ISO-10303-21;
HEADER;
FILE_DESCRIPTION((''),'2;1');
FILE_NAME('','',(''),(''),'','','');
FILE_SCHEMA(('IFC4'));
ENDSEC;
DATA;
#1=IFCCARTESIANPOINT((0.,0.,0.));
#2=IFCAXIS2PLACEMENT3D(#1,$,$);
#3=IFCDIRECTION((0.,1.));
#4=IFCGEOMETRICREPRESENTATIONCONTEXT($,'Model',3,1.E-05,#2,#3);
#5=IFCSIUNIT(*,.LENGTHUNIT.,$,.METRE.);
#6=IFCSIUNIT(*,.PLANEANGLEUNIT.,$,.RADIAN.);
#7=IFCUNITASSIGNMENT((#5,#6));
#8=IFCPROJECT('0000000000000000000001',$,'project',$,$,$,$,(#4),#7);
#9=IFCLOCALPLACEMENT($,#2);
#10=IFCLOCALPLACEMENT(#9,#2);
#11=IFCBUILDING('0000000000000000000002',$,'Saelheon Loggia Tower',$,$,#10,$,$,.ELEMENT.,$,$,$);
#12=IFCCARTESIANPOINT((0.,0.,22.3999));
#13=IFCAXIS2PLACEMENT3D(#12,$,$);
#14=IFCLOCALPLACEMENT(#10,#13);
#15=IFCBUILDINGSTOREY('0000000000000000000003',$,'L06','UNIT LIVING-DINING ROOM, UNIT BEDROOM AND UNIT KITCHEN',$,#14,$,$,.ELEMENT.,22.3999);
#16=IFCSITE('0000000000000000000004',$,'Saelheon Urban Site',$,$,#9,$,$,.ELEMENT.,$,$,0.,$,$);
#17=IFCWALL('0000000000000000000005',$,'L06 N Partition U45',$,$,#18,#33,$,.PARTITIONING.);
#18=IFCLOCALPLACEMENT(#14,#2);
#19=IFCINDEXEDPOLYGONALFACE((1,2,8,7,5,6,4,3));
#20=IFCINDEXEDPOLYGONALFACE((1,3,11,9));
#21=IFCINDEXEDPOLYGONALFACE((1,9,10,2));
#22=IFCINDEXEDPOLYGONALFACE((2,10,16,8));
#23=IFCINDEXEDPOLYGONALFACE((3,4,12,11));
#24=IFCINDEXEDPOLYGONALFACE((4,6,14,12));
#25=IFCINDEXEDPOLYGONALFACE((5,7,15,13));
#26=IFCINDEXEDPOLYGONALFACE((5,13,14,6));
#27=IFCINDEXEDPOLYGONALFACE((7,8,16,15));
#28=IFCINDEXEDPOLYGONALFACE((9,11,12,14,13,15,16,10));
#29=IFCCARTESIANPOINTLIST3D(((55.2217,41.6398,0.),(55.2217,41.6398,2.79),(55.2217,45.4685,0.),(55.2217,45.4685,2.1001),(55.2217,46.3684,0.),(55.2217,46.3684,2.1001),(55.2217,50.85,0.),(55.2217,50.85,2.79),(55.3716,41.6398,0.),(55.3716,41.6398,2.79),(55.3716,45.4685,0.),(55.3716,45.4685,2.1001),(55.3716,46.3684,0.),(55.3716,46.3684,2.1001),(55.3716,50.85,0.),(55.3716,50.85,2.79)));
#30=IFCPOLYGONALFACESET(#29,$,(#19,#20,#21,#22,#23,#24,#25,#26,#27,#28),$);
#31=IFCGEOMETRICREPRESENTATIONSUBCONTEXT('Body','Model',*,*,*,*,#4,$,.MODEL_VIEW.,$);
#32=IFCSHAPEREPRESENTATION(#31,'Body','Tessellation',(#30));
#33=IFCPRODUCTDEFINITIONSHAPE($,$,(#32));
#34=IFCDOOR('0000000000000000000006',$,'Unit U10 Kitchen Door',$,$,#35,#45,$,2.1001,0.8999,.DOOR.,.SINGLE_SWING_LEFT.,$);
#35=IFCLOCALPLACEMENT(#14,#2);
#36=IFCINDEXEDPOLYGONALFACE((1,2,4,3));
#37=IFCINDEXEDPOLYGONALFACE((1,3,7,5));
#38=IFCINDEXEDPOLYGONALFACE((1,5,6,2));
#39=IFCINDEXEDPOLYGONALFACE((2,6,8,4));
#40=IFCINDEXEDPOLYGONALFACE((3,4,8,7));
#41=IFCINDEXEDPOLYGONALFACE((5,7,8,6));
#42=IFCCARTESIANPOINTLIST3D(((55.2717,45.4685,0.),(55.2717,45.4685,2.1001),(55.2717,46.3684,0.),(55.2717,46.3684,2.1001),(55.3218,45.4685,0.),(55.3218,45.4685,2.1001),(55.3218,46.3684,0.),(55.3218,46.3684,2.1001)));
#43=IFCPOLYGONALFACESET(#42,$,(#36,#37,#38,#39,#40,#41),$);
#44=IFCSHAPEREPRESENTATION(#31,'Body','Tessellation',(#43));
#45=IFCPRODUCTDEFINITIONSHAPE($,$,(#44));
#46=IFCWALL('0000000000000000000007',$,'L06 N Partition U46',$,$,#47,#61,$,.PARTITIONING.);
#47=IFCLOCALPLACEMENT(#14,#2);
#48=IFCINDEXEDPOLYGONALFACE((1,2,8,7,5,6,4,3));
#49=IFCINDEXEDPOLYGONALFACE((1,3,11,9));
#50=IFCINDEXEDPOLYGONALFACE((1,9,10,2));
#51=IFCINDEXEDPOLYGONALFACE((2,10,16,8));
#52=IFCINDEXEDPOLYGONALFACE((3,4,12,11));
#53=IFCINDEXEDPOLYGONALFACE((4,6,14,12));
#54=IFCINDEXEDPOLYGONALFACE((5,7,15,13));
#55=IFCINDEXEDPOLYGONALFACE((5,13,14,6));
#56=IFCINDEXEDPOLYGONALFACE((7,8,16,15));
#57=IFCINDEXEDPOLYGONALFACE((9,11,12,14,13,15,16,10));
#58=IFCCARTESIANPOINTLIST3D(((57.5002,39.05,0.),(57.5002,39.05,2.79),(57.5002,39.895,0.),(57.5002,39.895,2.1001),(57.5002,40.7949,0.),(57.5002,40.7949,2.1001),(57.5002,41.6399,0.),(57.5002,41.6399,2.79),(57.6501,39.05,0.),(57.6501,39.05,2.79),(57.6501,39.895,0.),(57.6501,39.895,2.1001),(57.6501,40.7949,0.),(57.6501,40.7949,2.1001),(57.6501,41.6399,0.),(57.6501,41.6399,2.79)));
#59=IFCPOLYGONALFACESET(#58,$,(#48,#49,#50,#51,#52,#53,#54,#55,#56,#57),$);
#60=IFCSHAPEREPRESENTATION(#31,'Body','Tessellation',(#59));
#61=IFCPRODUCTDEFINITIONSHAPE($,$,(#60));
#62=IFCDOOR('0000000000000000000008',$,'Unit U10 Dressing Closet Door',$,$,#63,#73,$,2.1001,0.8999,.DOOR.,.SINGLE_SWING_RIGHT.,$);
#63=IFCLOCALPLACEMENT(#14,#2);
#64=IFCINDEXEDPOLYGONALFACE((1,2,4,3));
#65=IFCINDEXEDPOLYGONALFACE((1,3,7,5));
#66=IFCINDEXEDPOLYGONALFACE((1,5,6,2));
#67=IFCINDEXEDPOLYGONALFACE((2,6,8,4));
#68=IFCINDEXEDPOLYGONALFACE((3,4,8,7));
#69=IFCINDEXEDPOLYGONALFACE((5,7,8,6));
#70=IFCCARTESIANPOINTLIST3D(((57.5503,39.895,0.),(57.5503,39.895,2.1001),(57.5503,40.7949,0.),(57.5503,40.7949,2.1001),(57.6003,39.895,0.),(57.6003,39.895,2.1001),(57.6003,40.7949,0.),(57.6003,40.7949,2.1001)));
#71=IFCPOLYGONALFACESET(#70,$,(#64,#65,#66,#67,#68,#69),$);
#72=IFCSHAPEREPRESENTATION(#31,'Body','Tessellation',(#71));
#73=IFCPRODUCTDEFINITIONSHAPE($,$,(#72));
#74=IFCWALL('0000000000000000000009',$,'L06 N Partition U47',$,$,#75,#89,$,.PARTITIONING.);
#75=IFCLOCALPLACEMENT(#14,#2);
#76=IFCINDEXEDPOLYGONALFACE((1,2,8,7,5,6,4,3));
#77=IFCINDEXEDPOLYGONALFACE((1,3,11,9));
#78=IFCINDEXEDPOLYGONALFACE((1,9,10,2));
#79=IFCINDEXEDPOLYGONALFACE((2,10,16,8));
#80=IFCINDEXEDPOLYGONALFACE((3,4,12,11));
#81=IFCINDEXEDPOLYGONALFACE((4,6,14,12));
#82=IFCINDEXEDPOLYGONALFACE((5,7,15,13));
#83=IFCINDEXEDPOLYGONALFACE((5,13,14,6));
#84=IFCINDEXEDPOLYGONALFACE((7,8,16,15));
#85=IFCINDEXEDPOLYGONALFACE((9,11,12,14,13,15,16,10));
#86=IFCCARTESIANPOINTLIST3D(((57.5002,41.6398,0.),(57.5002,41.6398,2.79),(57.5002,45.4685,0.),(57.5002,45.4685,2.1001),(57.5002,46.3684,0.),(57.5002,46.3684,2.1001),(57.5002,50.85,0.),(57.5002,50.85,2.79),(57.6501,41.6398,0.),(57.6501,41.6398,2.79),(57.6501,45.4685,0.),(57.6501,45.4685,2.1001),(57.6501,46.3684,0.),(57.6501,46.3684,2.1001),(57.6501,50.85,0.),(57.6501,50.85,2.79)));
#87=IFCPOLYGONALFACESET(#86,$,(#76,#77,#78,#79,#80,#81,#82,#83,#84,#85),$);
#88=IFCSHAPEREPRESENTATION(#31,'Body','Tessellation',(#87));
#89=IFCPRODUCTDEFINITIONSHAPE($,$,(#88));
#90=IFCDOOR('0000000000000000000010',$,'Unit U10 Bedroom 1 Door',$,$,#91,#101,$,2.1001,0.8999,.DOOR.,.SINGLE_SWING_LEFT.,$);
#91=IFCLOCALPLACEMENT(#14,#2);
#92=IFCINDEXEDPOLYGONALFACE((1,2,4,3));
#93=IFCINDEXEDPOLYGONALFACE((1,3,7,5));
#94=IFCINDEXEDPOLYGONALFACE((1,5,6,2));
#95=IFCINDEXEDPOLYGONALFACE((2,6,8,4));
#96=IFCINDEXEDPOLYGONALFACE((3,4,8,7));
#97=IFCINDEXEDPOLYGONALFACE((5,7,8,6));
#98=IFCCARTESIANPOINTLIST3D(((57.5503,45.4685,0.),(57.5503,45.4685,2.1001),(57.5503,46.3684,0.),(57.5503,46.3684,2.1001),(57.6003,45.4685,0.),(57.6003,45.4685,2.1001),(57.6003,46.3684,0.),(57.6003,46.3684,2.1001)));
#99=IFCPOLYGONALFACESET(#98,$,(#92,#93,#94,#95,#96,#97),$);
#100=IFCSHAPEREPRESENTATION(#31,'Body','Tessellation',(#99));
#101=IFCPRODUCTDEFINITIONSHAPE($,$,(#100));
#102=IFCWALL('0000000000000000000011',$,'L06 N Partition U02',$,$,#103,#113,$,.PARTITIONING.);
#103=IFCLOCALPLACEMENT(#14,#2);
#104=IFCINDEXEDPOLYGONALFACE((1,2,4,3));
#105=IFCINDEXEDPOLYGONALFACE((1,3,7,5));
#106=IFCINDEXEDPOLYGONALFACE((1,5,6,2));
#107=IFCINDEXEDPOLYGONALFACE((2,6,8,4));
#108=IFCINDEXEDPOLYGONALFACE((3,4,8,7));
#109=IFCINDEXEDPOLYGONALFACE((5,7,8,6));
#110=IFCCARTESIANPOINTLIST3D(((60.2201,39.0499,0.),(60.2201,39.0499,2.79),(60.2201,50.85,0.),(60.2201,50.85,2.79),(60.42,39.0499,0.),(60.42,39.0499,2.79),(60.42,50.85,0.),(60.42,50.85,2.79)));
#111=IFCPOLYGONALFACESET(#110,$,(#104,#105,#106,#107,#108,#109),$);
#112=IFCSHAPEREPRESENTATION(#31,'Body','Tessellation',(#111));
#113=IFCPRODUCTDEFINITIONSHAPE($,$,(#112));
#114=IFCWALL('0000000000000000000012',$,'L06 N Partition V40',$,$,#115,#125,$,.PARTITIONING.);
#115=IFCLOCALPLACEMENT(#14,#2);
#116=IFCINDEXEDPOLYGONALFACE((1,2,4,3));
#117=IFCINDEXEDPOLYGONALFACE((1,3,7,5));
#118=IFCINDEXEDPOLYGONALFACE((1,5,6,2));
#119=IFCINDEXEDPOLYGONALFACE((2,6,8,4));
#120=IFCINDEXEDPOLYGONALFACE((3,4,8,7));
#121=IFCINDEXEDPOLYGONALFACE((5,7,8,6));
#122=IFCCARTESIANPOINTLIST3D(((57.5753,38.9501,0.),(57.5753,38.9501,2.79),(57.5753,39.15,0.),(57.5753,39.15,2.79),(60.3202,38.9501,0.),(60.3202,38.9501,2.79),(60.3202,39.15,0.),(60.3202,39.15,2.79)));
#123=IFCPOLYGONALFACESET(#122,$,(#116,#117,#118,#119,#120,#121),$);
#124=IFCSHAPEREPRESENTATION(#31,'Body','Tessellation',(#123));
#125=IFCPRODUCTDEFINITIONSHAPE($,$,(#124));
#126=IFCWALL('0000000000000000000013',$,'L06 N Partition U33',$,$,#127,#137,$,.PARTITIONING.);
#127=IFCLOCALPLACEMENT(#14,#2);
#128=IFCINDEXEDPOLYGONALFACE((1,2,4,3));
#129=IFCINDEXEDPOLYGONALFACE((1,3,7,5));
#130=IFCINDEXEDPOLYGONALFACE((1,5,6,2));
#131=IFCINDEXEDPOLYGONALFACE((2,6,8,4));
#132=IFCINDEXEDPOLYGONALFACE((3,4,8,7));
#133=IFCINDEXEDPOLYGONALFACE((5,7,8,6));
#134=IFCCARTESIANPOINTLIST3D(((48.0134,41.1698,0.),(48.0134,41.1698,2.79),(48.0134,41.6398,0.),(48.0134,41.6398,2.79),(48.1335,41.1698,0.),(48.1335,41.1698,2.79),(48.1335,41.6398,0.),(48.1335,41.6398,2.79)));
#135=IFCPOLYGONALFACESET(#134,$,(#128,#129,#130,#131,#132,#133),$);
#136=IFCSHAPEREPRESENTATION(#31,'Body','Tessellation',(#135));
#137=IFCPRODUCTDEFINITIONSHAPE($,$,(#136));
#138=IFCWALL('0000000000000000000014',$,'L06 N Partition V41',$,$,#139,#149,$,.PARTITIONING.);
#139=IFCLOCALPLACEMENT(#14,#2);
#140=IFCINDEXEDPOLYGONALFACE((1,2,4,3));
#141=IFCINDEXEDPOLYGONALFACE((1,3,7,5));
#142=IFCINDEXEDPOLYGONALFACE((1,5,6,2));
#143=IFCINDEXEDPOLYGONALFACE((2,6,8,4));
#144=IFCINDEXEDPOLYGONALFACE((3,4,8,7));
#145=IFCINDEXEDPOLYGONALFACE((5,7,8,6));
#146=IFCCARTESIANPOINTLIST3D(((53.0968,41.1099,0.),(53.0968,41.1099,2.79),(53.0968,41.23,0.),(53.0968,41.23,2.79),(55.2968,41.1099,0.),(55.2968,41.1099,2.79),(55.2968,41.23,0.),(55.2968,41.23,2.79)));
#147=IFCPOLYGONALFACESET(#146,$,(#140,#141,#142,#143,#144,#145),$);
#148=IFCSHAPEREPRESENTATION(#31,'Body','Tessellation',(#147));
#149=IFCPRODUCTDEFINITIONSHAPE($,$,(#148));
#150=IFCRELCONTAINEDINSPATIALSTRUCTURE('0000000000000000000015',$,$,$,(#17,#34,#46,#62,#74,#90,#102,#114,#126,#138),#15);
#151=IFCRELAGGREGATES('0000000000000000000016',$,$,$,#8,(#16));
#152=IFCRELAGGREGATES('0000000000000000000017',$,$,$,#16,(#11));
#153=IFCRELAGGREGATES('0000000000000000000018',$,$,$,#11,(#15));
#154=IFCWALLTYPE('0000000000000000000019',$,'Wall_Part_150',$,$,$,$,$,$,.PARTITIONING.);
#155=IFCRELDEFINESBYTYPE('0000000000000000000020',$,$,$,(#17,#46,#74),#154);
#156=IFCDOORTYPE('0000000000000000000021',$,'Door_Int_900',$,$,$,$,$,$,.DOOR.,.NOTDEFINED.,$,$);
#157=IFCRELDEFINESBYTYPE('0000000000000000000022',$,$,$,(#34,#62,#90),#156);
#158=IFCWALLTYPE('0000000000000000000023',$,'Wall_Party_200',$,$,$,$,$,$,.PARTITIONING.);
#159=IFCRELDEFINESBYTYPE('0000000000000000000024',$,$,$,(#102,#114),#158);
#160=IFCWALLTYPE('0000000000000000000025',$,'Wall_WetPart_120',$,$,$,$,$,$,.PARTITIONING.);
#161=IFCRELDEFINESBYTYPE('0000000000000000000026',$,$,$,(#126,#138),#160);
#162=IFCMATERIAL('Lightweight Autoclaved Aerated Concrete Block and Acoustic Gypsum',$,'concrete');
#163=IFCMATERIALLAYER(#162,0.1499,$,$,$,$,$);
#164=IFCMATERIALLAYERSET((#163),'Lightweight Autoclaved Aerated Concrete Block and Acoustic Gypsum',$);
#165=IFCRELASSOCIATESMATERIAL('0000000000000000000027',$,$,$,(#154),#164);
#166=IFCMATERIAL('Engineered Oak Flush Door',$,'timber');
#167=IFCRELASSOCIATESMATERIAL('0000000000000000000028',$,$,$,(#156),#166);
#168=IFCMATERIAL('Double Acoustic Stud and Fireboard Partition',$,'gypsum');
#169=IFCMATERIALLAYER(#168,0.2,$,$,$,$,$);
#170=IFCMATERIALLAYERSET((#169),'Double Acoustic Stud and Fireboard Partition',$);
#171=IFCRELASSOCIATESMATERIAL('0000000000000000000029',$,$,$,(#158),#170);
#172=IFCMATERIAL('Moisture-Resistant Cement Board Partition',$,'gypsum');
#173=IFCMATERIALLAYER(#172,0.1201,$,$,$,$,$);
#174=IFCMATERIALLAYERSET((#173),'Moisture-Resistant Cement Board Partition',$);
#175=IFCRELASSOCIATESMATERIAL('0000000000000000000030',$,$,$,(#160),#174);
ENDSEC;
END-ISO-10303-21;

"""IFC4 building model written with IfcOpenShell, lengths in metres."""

from ifc_helpers import new_model, si_unit, direction, frame, frame_2d, origin, place, context, subcontext, project, spatial, rectangle, extrude, source, transform, mapped, material, layer, layer_set, type_object, element, fill, save


model = new_model("IFC4")

# Units and contexts
model_context = context("Model", 3, precision=1e-05, world=origin(), true_north=direction((0.0, 1.0)))
body_context = subcontext(model_context, "Body", "Model", "MODEL_VIEW")
ifc_project = project(units=[si_unit("LENGTHUNIT", "METRE"), si_unit("PLANEANGLEUNIT", "RADIAN")], contexts=[model_context])

# Site, building, storey
site_placement = place(None, origin())
site = spatial("IfcSite", under=ifc_project, at=site_placement, Name="Saelheon Urban Site", CompositionType="ELEMENT", RefElevation=0.0)
building_placement = place(site_placement, origin())
building = spatial("IfcBuilding", under=site, at=building_placement, Name="Saelheon Loggia Tower", CompositionType="ELEMENT")
storey_placement = place(building_placement, frame((0.0, 0.0, 22.3999)))
storey = spatial("IfcBuildingStorey", under=building, at=storey_placement, Name="L06", Description="UNIT LIVING-DINING ROOM, UNIT BEDROOM AND UNIT KITCHEN", CompositionType="ELEMENT", Elevation=22.3999)

# Shared definitions
ifc_material_1 = material(Name="Lightweight Autoclaved Aerated Concrete Block and Acoustic Gypsum", Category="concrete")
ifc_layer_1 = layer(ifc_material_1, 0.1499)
ifc_layer_set_1 = layer_set([ifc_layer_1], Name="Lightweight Autoclaved Aerated Concrete Block and Acoustic Gypsum")
wall_type_1 = type_object("IfcWallType", Name="Wall_Part_150", PredefinedType="PARTITIONING", material=ifc_layer_set_1)

# Shared definitions
ifc_material_2 = material(Name="Engineered Oak Flush Door", Category="timber")
door_type_1 = type_object("IfcDoorType", Name="Door_Int_900", OperationType="NOTDEFINED", PredefinedType="DOOR", material=ifc_material_2)
shared_shape_1 = source(origin(), body_context, "Body", "SweptSolid", [
    extrude(rectangle(XDim=0.8999, YDim=2.1001, at=frame_2d((0.45, 1.05))), frame((0.0, 0.0249, 0.0), z_axis=(0.0, -1.0, 0.0), x_axis=(1.0, 0.0, 0.0)), (0.0, 0.0, 1.0), 0.05),
])

# Walls, openings, doors
wall_1_placement = place(storey_placement, frame((55.2966, 41.6399, 0.0), z_axis=(0.0, 0.0, 1.0), x_axis=(0.0, 1.0, 0.0)))
wall_1 = element("IfcWall", 1, at=wall_1_placement, inside=storey, type_object=wall_type_1, Name="L06 N Partition U45", PredefinedType="PARTITIONING", context=body_context, shape_type="SweptSolid", body=[
    extrude(rectangle(XDim=9.2102, YDim=0.1499, at=frame_2d((4.605, 0.0))), origin(), (0.0, 0.0, 1.0), 2.79),
])
opening_1_placement = place(wall_1_placement, frame((3.8286, 0.0, 0.0)))
opening_1 = element("IfcOpeningElement", 2, at=opening_1_placement, cuts=wall_1, PredefinedType="OPENING", context=body_context, shape_type="SweptSolid", body=[
    extrude(rectangle(XDim=0.8999, YDim=2.1001, at=frame_2d((0.45, 1.05))), frame((0.0, 0.0869, 0.0), z_axis=(0.0, -1.0, 0.0), x_axis=(1.0, 0.0, 0.0)), (0.0, 0.0, 1.0), 0.1738),
])
door_1_placement = place(opening_1_placement, origin())
door_1 = element("IfcDoor", 3, at=door_1_placement, inside=storey, type_object=door_type_1, Name="Unit U10 Kitchen Door", OperationType="SINGLE_SWING_LEFT", OverallHeight=2.1001, OverallWidth=0.8999, PredefinedType="DOOR", context=body_context, shape_type="MappedRepresentation", body=[
    mapped(shared_shape_1, transform((0.0, 0.0, 0.0), scale=1.0)),
])
fill(opening_1, door_1)
wall_2_placement = place(storey_placement, frame((57.5752, 39.05, 0.0), z_axis=(0.0, 0.0, 1.0), x_axis=(0.0, 1.0, 0.0)))
wall_2 = element("IfcWall", 4, at=wall_2_placement, inside=storey, type_object=wall_type_1, Name="L06 N Partition U46", PredefinedType="PARTITIONING", context=body_context, shape_type="SweptSolid", body=[
    extrude(rectangle(XDim=2.5898, YDim=0.1499, at=frame_2d((1.2949, 0.0))), origin(), (0.0, 0.0, 1.0), 2.79),
])
opening_2_placement = place(wall_2_placement, frame((0.845, 0.0, 0.0)))
opening_2 = element("IfcOpeningElement", 5, at=opening_2_placement, cuts=wall_2, PredefinedType="OPENING", context=body_context, shape_type="SweptSolid", body=[
    extrude(rectangle(XDim=0.8999, YDim=2.1001, at=frame_2d((0.45, 1.05))), frame((0.0, 0.0869, 0.0), z_axis=(0.0, -1.0, 0.0), x_axis=(1.0, 0.0, 0.0)), (0.0, 0.0, 1.0), 0.1738),
])
door_2_placement = place(opening_2_placement, origin())
door_2 = element("IfcDoor", 6, at=door_2_placement, inside=storey, type_object=door_type_1, Name="Unit U10 Dressing Closet Door", OperationType="SINGLE_SWING_RIGHT", OverallHeight=2.1001, OverallWidth=0.8999, PredefinedType="DOOR", context=body_context, shape_type="MappedRepresentation", body=[
    mapped(shared_shape_1, transform((0.0, 0.0, 0.0), scale=1.0)),
])
fill(opening_2, door_2)
wall_3_placement = place(storey_placement, frame((57.5752, 41.6399, 0.0), z_axis=(0.0, 0.0, 1.0), x_axis=(0.0, 1.0, 0.0)))
wall_3 = element("IfcWall", 7, at=wall_3_placement, inside=storey, type_object=wall_type_1, Name="L06 N Partition U47", PredefinedType="PARTITIONING", context=body_context, shape_type="SweptSolid", body=[
    extrude(rectangle(XDim=9.2102, YDim=0.1499, at=frame_2d((4.605, 0.0))), origin(), (0.0, 0.0, 1.0), 2.79),
])
opening_3_placement = place(wall_3_placement, frame((3.8286, 0.0, 0.0)))
opening_3 = element("IfcOpeningElement", 8, at=opening_3_placement, cuts=wall_3, PredefinedType="OPENING", context=body_context, shape_type="SweptSolid", body=[
    extrude(rectangle(XDim=0.8999, YDim=2.1001, at=frame_2d((0.45, 1.05))), frame((0.0, 0.0869, 0.0), z_axis=(0.0, -1.0, 0.0), x_axis=(1.0, 0.0, 0.0)), (0.0, 0.0, 1.0), 0.1738),
])
door_3_placement = place(opening_3_placement, origin())
door_3 = element("IfcDoor", 9, at=door_3_placement, inside=storey, type_object=door_type_1, Name="Unit U10 Bedroom 1 Door", OperationType="SINGLE_SWING_LEFT", OverallHeight=2.1001, OverallWidth=0.8999, PredefinedType="DOOR", context=body_context, shape_type="MappedRepresentation", body=[
    mapped(shared_shape_1, transform((0.0, 0.0, 0.0), scale=1.0)),
])
fill(opening_3, door_3)

# Walls
ifc_material_3 = material(Name="Double Acoustic Stud and Fireboard Partition", Category="gypsum")
ifc_layer_2 = layer(ifc_material_3, 0.2)
ifc_layer_set_2 = layer_set([ifc_layer_2], Name="Double Acoustic Stud and Fireboard Partition")
wall_type_2 = type_object("IfcWallType", Name="Wall_Party_200", PredefinedType="PARTITIONING", material=ifc_layer_set_2)
wall_4_placement = place(storey_placement, frame((60.3201, 39.05, 0.0), z_axis=(0.0, 0.0, 1.0), x_axis=(0.0, 1.0, 0.0)))
element("IfcWall", 10, at=wall_4_placement, inside=storey, type_object=wall_type_2, Name="L06 N Partition U02", PredefinedType="PARTITIONING", context=body_context, shape_type="SweptSolid", body=[
    extrude(rectangle(XDim=11.8, YDim=0.2, at=frame_2d((5.8999, 0.0))), origin(), (0.0, 0.0, 1.0), 2.79),
])
wall_5_placement = place(storey_placement, frame((57.5752, 39.05, 0.0), z_axis=(0.0, 0.0, 1.0), x_axis=(1.0, 0.0, 0.0)))
element("IfcWall", 11, at=wall_5_placement, inside=storey, type_object=wall_type_2, Name="L06 N Partition V40", PredefinedType="PARTITIONING", context=body_context, shape_type="SweptSolid", body=[
    extrude(rectangle(XDim=2.7449, YDim=0.2, at=frame_2d((1.3726, 0.0))), origin(), (0.0, 0.0, 1.0), 2.79),
])
ifc_material_4 = material(Name="Moisture-Resistant Cement Board Partition", Category="gypsum")
ifc_layer_3 = layer(ifc_material_4, 0.1201)
ifc_layer_set_3 = layer_set([ifc_layer_3], Name="Moisture-Resistant Cement Board Partition")
wall_type_3 = type_object("IfcWallType", Name="Wall_WetPart_120", PredefinedType="PARTITIONING", material=ifc_layer_set_3)
wall_6_placement = place(storey_placement, frame((48.0735, 41.1699, 0.0), z_axis=(0.0, 0.0, 1.0), x_axis=(0.0, 1.0, 0.0)))
element("IfcWall", 12, at=wall_6_placement, inside=storey, type_object=wall_type_3, Name="L06 N Partition U33", PredefinedType="PARTITIONING", context=body_context, shape_type="SweptSolid", body=[
    extrude(rectangle(XDim=0.47, YDim=0.1201, at=frame_2d((0.2349, 0.0))), origin(), (0.0, 0.0, 1.0), 2.79),
])
wall_7_placement = place(storey_placement, frame((53.0967, 41.1699, 0.0), z_axis=(0.0, 0.0, 1.0), x_axis=(1.0, 0.0, 0.0)))
element("IfcWall", 13, at=wall_7_placement, inside=storey, type_object=wall_type_3, Name="L06 N Partition V41", PredefinedType="PARTITIONING", context=body_context, shape_type="SweptSolid", body=[
    extrude(rectangle(XDim=2.2, YDim=0.1201, at=frame_2d((1.1001, 0.0))), origin(), (0.0, 0.0, 1.0), 2.79),
])

save(model, "model.ifc")
